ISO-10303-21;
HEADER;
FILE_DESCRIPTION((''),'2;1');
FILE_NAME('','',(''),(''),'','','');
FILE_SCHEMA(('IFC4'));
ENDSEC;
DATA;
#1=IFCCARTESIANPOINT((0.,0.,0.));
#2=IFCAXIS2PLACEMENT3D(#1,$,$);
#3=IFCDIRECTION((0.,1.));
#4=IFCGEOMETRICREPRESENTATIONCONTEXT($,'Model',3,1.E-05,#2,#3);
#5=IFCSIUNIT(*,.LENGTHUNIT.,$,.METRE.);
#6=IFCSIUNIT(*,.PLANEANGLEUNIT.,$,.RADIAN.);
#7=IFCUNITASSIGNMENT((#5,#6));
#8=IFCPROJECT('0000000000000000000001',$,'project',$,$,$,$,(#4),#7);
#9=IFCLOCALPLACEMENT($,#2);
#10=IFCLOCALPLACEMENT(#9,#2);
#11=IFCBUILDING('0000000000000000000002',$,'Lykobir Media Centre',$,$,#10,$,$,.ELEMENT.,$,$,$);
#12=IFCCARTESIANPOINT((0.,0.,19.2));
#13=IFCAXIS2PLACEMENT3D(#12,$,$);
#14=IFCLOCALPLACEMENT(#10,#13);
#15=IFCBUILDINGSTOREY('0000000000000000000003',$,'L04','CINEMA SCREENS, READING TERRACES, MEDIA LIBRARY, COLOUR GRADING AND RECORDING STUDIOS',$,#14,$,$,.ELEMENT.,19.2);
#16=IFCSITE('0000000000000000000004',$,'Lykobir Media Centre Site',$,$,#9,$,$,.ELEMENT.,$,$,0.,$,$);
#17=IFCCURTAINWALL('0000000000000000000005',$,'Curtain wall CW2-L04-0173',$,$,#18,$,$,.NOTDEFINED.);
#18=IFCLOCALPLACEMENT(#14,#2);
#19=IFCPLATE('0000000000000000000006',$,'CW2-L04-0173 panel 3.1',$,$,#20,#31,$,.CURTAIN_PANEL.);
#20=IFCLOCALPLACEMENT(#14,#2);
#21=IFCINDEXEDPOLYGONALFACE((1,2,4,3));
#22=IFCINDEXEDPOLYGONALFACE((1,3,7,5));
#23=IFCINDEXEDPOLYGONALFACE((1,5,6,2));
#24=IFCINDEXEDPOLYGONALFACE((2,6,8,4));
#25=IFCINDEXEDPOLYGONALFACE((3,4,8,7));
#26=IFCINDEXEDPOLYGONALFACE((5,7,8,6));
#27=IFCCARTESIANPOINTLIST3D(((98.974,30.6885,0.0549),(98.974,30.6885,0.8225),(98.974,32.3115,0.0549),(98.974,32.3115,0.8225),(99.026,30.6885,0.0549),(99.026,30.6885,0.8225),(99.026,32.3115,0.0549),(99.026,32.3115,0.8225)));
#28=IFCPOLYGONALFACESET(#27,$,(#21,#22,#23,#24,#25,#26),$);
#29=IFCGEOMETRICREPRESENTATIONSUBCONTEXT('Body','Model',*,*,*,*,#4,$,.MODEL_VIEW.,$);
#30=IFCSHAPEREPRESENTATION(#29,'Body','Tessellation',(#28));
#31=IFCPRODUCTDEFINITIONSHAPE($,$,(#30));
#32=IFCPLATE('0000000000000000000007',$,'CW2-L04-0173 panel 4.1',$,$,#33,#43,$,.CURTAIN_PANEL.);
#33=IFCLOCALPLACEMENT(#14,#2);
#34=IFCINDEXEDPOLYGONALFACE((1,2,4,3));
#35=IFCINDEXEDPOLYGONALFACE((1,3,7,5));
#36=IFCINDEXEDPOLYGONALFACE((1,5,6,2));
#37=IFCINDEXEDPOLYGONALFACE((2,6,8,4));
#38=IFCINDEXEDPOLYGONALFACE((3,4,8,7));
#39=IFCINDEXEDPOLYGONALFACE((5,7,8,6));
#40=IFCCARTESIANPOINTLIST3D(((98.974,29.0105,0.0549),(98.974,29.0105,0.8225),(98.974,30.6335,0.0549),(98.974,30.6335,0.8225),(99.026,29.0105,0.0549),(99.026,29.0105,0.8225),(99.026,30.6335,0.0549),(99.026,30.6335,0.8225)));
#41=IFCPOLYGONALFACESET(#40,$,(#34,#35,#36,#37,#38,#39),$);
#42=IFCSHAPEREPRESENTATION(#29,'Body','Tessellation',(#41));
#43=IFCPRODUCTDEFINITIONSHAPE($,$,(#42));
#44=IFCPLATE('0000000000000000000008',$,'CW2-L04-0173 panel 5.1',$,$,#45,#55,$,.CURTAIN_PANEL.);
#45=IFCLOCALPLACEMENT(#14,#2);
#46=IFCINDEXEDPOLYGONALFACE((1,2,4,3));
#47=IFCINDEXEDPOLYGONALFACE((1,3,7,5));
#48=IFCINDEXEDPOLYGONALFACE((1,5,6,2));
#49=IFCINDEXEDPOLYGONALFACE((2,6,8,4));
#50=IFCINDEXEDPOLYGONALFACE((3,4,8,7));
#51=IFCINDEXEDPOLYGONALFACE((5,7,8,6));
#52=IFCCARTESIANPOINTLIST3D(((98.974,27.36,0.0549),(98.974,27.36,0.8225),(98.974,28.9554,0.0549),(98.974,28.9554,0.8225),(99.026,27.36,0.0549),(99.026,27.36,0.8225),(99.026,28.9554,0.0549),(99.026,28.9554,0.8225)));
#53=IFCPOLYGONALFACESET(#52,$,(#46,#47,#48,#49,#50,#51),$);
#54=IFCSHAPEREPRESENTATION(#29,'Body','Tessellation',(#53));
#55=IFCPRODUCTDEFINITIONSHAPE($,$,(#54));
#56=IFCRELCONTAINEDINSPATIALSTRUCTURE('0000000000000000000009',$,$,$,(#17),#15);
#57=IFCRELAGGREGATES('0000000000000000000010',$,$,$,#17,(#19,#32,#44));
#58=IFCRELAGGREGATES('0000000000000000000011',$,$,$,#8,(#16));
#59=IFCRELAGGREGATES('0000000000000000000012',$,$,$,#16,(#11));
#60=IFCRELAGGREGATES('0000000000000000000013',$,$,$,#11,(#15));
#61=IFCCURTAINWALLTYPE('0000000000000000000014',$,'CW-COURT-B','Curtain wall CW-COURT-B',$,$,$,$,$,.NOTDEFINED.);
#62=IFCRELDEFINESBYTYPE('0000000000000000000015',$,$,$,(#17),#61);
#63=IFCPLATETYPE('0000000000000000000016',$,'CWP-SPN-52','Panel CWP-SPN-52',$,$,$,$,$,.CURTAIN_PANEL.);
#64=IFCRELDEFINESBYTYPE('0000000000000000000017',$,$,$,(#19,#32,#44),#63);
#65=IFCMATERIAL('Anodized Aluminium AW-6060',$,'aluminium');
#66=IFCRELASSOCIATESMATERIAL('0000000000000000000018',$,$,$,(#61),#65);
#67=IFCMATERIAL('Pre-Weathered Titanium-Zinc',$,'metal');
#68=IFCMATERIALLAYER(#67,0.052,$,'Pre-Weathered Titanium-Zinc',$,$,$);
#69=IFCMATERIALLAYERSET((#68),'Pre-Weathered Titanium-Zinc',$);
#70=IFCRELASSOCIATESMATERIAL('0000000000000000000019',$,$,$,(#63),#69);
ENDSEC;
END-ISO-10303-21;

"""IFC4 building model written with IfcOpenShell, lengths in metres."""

from ifc_helpers import new_model, si_unit, direction, frame, origin, origin_2d, place, context, subcontext, project, spatial, rectangle, extrude, material, layer, layer_set, type_object, element, aggregate, save


model = new_model("IFC4")

# Units and contexts
model_context = context("Model", 3, precision=1e-05, world=origin(), true_north=direction((0.0, 1.0)))
body_context = subcontext(model_context, "Body", "Model", "MODEL_VIEW")
ifc_project = project(units=[si_unit("LENGTHUNIT", "METRE"), si_unit("PLANEANGLEUNIT", "RADIAN")], contexts=[model_context])

# Site, building, storey
site_placement = place(None, origin())
site = spatial("IfcSite", under=ifc_project, at=site_placement, Name="Lykobir Media Centre Site", CompositionType="ELEMENT", RefElevation=0.0)
building_placement = place(site_placement, origin())
building = spatial("IfcBuilding", under=site, at=building_placement, Name="Lykobir Media Centre", CompositionType="ELEMENT")
storey_placement = place(building_placement, frame((0.0, 0.0, 19.2)))
storey = spatial("IfcBuildingStorey", under=building, at=storey_placement, Name="L04", Description="CINEMA SCREENS, READING TERRACES, MEDIA LIBRARY, COLOUR GRADING AND RECORDING STUDIOS", CompositionType="ELEMENT", Elevation=19.2)

# Curtain wall
ifc_material_1 = material(Name="Anodized Aluminium AW-6060", Category="aluminium")
curtain_wall_type = type_object("IfcCurtainWallType", Name="CW-COURT-B", Description="Curtain wall CW-COURT-B", PredefinedType="NOTDEFINED", material=ifc_material_1)
curtain_wall_1_placement = place(storey_placement, origin())
curtain_wall_1 = element("IfcCurtainWall", 1, at=curtain_wall_1_placement, inside=storey, type_object=curtain_wall_type, Name="Curtain wall CW2-L04-0173", PredefinedType="NOTDEFINED")

# Plates
ifc_material_2 = material(Name="Pre-Weathered Titanium-Zinc", Category="metal")
ifc_layer_1 = layer(ifc_material_2, 0.052, Name="Pre-Weathered Titanium-Zinc")
ifc_layer_set_1 = layer_set([ifc_layer_1], Name="Pre-Weathered Titanium-Zinc")
plate_type_1 = type_object("IfcPlateType", Name="CWP-SPN-52", Description="Panel CWP-SPN-52", PredefinedType="CURTAIN_PANEL", material=ifc_layer_set_1)
plate_1_placement = place(storey_placement, frame((99.0, 31.5, 0.0549), z_axis=(0.0, 0.0, 1.0), x_axis=(0.0, -1.0, 0.0)))
plate_1 = element("IfcPlate", 2, at=plate_1_placement, type_object=plate_type_1, Name="CW2-L04-0173 panel 3.1", PredefinedType="CURTAIN_PANEL", context=body_context, shape_type="SweptSolid", body=[
    extrude(rectangle(XDim=1.623, YDim=0.052, at=origin_2d()), origin(), (0.0, 0.0, 1.0), 0.7676),
])
plate_2_placement = place(storey_placement, frame((99.0, 29.822, 0.0549), z_axis=(0.0, 0.0, 1.0), x_axis=(0.0, -1.0, 0.0)))
plate_2 = element("IfcPlate", 3, at=plate_2_placement, type_object=plate_type_1, Name="CW2-L04-0173 panel 4.1", PredefinedType="CURTAIN_PANEL", context=body_context, shape_type="SweptSolid", body=[
    extrude(rectangle(XDim=1.623, YDim=0.052, at=origin_2d()), origin(), (0.0, 0.0, 1.0), 0.7676),
])
plate_3_placement = place(storey_placement, frame((99.0, 28.1577, 0.0549), z_axis=(0.0, 0.0, 1.0), x_axis=(0.0, -1.0, 0.0)))
plate_3 = element("IfcPlate", 4, at=plate_3_placement, type_object=plate_type_1, Name="CW2-L04-0173 panel 5.1", PredefinedType="CURTAIN_PANEL", context=body_context, shape_type="SweptSolid", body=[
    extrude(rectangle(XDim=1.5955, YDim=0.052, at=origin_2d()), origin(), (0.0, 0.0, 1.0), 0.7676),
])
aggregate(curtain_wall_1, [plate_1, plate_2, plate_3])

save(model, "model.ifc")
